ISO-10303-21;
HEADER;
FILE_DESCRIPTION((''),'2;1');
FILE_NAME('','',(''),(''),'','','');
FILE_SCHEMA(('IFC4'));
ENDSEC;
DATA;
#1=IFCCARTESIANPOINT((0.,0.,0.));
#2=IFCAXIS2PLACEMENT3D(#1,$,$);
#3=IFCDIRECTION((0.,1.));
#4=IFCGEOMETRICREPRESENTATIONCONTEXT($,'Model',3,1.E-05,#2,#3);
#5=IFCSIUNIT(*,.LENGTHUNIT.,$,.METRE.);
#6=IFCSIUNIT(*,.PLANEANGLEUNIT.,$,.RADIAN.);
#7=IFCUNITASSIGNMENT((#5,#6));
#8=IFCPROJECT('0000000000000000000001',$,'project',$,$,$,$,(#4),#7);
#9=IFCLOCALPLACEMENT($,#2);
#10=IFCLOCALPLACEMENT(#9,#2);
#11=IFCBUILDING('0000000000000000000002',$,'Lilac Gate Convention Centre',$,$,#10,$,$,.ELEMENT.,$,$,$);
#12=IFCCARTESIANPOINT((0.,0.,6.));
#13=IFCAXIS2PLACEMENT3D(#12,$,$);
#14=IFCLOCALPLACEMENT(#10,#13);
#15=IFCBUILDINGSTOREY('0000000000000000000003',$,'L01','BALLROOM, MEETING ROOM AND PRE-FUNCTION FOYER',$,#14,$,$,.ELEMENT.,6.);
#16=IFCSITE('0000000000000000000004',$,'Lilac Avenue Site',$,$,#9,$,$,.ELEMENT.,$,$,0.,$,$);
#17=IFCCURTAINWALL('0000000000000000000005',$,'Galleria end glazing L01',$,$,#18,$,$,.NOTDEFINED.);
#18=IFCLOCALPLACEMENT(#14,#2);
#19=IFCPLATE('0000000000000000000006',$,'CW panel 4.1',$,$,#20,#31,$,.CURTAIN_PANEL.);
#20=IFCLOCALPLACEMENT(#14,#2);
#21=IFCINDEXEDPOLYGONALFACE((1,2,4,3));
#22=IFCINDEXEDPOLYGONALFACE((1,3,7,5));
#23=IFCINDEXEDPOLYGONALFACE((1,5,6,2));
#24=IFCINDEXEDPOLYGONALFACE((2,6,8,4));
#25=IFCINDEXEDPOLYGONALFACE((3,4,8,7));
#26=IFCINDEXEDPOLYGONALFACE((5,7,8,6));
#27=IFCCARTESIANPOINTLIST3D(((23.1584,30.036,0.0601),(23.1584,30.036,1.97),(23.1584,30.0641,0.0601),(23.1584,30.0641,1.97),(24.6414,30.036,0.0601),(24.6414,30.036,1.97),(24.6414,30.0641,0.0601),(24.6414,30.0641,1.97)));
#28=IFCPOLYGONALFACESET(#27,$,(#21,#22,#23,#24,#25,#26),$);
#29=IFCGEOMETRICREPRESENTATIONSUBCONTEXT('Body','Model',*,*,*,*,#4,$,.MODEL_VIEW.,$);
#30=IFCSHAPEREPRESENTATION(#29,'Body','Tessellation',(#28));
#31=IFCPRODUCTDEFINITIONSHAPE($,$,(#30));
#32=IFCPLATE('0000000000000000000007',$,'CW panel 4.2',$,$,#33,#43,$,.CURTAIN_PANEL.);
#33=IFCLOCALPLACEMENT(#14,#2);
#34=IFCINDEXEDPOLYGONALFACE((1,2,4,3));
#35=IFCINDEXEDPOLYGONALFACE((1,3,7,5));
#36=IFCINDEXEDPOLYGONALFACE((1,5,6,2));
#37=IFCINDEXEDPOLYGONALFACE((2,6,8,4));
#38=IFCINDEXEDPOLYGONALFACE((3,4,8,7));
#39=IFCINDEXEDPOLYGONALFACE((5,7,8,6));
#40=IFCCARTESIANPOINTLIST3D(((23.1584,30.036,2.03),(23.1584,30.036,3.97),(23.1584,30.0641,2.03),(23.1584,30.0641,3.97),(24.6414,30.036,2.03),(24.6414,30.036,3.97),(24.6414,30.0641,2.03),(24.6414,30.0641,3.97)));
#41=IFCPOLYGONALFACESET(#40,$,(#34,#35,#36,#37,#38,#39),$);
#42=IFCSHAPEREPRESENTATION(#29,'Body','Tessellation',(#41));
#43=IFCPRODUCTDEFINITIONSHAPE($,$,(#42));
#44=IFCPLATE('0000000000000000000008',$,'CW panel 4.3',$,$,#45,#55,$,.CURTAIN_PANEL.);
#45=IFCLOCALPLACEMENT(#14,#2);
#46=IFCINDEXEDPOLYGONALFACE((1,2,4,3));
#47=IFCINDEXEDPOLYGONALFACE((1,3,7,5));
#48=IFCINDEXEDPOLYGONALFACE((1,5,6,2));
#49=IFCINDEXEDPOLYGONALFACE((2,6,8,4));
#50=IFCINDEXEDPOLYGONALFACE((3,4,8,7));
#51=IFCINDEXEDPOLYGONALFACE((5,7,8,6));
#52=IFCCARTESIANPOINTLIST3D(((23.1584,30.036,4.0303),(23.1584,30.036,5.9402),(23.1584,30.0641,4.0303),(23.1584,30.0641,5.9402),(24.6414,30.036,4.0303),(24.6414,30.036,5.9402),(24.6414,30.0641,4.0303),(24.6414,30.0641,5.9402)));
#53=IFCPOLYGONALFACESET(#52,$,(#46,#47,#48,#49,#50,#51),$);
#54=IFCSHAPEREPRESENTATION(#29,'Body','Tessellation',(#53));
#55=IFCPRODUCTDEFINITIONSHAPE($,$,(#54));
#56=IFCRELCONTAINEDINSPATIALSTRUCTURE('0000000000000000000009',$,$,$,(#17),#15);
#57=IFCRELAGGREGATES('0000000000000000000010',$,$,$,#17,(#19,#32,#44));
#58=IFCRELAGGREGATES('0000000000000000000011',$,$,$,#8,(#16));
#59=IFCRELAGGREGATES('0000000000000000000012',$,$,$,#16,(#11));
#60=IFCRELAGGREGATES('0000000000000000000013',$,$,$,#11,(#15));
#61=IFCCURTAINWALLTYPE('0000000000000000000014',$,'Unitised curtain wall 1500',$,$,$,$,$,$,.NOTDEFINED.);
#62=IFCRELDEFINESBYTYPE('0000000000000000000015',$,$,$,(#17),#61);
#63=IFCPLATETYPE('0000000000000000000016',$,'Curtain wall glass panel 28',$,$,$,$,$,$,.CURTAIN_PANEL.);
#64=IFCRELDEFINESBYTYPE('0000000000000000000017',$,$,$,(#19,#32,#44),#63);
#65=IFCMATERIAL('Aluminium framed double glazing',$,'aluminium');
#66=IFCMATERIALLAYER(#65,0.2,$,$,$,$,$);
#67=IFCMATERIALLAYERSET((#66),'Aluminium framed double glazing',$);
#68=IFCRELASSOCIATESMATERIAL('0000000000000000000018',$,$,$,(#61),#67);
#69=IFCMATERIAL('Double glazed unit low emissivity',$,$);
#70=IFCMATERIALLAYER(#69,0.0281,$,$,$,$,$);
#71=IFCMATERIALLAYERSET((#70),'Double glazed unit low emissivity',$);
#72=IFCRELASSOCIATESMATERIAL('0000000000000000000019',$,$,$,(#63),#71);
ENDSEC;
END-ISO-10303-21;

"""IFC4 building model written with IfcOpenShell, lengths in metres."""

from ifc_helpers import new_model, si_unit, direction, frame, origin, origin_2d, place, context, subcontext, project, spatial, rectangle, extrude, material, layer, layer_set, type_object, element, aggregate, save


model = new_model("IFC4")

# Units and contexts
model_context = context("Model", 3, precision=1e-05, world=origin(), true_north=direction((0.0, 1.0)))
body_context = subcontext(model_context, "Body", "Model", "MODEL_VIEW")
ifc_project = project(units=[si_unit("LENGTHUNIT", "METRE"), si_unit("PLANEANGLEUNIT", "RADIAN")], contexts=[model_context])

# Site, building, storey
site_placement = place(None, origin())
site = spatial("IfcSite", under=ifc_project, at=site_placement, Name="Lilac Avenue Site", CompositionType="ELEMENT", RefElevation=0.0)
building_placement = place(site_placement, origin())
building = spatial("IfcBuilding", under=site, at=building_placement, Name="Lilac Gate Convention Centre", CompositionType="ELEMENT")
storey_placement = place(building_placement, frame((0.0, 0.0, 6.0)))
storey = spatial("IfcBuildingStorey", under=building, at=storey_placement, Name="L01", Description="BALLROOM, MEETING ROOM AND PRE-FUNCTION FOYER", CompositionType="ELEMENT", Elevation=6.0)

# Curtain wall, plates
ifc_material_1 = material(Name="Aluminium framed double glazing", Category="aluminium")
ifc_layer_1 = layer(ifc_material_1, 0.2)
ifc_layer_set_1 = layer_set([ifc_layer_1], Name="Aluminium framed double glazing")
curtain_wall_type = type_object("IfcCurtainWallType", Name="Unitised curtain wall 1500", PredefinedType="NOTDEFINED", material=ifc_layer_set_1)
curtain_wall_placement = place(storey_placement, origin())
curtain_wall = element("IfcCurtainWall", 1, at=curtain_wall_placement, inside=storey, type_object=curtain_wall_type, Name="Galleria end glazing L01", PredefinedType="NOTDEFINED")
ifc_material_2 = material(Name="Double glazed unit low emissivity")
ifc_layer_2 = layer(ifc_material_2, 0.0281)
ifc_layer_set_2 = layer_set([ifc_layer_2], Name="Double glazed unit low emissivity")
plate_type = type_object("IfcPlateType", Name="Curtain wall glass panel 28", PredefinedType="CURTAIN_PANEL", material=ifc_layer_set_2)
plate_1_placement = place(storey_placement, frame((23.8999, 30.05, 0.0601), z_axis=(0.0, 0.0, 1.0), x_axis=(1.0, 0.0, 0.0)))
plate_1 = element("IfcPlate", 2, at=plate_1_placement, type_object=plate_type, Name="CW panel 4.1", PredefinedType="CURTAIN_PANEL", context=body_context, shape_type="SweptSolid", body=[
    extrude(rectangle(XDim=1.4829, YDim=0.0281, at=origin_2d()), origin(), (0.0, 0.0, 1.0), 1.9099),
])
plate_2_placement = place(storey_placement, frame((23.8999, 30.05, 2.03), z_axis=(0.0, 0.0, 1.0), x_axis=(1.0, 0.0, 0.0)))
plate_2 = element("IfcPlate", 3, at=plate_2_placement, type_object=plate_type, Name="CW panel 4.2", PredefinedType="CURTAIN_PANEL", context=body_context, shape_type="SweptSolid", body=[
    extrude(rectangle(XDim=1.4829, YDim=0.0281, at=origin_2d()), origin(), (0.0, 0.0, 1.0), 1.9399),
])
plate_3_placement = place(storey_placement, frame((23.8999, 30.05, 4.0303), z_axis=(0.0, 0.0, 1.0), x_axis=(1.0, 0.0, 0.0)))
plate_3 = element("IfcPlate", 4, at=plate_3_placement, type_object=plate_type, Name="CW panel 4.3", PredefinedType="CURTAIN_PANEL", context=body_context, shape_type="SweptSolid", body=[
    extrude(rectangle(XDim=1.4829, YDim=0.0281, at=origin_2d()), origin(), (0.0, 0.0, 1.0), 1.9099),
])
aggregate(curtain_wall, [plate_1, plate_2, plate_3])

save(model, "model.ifc")
